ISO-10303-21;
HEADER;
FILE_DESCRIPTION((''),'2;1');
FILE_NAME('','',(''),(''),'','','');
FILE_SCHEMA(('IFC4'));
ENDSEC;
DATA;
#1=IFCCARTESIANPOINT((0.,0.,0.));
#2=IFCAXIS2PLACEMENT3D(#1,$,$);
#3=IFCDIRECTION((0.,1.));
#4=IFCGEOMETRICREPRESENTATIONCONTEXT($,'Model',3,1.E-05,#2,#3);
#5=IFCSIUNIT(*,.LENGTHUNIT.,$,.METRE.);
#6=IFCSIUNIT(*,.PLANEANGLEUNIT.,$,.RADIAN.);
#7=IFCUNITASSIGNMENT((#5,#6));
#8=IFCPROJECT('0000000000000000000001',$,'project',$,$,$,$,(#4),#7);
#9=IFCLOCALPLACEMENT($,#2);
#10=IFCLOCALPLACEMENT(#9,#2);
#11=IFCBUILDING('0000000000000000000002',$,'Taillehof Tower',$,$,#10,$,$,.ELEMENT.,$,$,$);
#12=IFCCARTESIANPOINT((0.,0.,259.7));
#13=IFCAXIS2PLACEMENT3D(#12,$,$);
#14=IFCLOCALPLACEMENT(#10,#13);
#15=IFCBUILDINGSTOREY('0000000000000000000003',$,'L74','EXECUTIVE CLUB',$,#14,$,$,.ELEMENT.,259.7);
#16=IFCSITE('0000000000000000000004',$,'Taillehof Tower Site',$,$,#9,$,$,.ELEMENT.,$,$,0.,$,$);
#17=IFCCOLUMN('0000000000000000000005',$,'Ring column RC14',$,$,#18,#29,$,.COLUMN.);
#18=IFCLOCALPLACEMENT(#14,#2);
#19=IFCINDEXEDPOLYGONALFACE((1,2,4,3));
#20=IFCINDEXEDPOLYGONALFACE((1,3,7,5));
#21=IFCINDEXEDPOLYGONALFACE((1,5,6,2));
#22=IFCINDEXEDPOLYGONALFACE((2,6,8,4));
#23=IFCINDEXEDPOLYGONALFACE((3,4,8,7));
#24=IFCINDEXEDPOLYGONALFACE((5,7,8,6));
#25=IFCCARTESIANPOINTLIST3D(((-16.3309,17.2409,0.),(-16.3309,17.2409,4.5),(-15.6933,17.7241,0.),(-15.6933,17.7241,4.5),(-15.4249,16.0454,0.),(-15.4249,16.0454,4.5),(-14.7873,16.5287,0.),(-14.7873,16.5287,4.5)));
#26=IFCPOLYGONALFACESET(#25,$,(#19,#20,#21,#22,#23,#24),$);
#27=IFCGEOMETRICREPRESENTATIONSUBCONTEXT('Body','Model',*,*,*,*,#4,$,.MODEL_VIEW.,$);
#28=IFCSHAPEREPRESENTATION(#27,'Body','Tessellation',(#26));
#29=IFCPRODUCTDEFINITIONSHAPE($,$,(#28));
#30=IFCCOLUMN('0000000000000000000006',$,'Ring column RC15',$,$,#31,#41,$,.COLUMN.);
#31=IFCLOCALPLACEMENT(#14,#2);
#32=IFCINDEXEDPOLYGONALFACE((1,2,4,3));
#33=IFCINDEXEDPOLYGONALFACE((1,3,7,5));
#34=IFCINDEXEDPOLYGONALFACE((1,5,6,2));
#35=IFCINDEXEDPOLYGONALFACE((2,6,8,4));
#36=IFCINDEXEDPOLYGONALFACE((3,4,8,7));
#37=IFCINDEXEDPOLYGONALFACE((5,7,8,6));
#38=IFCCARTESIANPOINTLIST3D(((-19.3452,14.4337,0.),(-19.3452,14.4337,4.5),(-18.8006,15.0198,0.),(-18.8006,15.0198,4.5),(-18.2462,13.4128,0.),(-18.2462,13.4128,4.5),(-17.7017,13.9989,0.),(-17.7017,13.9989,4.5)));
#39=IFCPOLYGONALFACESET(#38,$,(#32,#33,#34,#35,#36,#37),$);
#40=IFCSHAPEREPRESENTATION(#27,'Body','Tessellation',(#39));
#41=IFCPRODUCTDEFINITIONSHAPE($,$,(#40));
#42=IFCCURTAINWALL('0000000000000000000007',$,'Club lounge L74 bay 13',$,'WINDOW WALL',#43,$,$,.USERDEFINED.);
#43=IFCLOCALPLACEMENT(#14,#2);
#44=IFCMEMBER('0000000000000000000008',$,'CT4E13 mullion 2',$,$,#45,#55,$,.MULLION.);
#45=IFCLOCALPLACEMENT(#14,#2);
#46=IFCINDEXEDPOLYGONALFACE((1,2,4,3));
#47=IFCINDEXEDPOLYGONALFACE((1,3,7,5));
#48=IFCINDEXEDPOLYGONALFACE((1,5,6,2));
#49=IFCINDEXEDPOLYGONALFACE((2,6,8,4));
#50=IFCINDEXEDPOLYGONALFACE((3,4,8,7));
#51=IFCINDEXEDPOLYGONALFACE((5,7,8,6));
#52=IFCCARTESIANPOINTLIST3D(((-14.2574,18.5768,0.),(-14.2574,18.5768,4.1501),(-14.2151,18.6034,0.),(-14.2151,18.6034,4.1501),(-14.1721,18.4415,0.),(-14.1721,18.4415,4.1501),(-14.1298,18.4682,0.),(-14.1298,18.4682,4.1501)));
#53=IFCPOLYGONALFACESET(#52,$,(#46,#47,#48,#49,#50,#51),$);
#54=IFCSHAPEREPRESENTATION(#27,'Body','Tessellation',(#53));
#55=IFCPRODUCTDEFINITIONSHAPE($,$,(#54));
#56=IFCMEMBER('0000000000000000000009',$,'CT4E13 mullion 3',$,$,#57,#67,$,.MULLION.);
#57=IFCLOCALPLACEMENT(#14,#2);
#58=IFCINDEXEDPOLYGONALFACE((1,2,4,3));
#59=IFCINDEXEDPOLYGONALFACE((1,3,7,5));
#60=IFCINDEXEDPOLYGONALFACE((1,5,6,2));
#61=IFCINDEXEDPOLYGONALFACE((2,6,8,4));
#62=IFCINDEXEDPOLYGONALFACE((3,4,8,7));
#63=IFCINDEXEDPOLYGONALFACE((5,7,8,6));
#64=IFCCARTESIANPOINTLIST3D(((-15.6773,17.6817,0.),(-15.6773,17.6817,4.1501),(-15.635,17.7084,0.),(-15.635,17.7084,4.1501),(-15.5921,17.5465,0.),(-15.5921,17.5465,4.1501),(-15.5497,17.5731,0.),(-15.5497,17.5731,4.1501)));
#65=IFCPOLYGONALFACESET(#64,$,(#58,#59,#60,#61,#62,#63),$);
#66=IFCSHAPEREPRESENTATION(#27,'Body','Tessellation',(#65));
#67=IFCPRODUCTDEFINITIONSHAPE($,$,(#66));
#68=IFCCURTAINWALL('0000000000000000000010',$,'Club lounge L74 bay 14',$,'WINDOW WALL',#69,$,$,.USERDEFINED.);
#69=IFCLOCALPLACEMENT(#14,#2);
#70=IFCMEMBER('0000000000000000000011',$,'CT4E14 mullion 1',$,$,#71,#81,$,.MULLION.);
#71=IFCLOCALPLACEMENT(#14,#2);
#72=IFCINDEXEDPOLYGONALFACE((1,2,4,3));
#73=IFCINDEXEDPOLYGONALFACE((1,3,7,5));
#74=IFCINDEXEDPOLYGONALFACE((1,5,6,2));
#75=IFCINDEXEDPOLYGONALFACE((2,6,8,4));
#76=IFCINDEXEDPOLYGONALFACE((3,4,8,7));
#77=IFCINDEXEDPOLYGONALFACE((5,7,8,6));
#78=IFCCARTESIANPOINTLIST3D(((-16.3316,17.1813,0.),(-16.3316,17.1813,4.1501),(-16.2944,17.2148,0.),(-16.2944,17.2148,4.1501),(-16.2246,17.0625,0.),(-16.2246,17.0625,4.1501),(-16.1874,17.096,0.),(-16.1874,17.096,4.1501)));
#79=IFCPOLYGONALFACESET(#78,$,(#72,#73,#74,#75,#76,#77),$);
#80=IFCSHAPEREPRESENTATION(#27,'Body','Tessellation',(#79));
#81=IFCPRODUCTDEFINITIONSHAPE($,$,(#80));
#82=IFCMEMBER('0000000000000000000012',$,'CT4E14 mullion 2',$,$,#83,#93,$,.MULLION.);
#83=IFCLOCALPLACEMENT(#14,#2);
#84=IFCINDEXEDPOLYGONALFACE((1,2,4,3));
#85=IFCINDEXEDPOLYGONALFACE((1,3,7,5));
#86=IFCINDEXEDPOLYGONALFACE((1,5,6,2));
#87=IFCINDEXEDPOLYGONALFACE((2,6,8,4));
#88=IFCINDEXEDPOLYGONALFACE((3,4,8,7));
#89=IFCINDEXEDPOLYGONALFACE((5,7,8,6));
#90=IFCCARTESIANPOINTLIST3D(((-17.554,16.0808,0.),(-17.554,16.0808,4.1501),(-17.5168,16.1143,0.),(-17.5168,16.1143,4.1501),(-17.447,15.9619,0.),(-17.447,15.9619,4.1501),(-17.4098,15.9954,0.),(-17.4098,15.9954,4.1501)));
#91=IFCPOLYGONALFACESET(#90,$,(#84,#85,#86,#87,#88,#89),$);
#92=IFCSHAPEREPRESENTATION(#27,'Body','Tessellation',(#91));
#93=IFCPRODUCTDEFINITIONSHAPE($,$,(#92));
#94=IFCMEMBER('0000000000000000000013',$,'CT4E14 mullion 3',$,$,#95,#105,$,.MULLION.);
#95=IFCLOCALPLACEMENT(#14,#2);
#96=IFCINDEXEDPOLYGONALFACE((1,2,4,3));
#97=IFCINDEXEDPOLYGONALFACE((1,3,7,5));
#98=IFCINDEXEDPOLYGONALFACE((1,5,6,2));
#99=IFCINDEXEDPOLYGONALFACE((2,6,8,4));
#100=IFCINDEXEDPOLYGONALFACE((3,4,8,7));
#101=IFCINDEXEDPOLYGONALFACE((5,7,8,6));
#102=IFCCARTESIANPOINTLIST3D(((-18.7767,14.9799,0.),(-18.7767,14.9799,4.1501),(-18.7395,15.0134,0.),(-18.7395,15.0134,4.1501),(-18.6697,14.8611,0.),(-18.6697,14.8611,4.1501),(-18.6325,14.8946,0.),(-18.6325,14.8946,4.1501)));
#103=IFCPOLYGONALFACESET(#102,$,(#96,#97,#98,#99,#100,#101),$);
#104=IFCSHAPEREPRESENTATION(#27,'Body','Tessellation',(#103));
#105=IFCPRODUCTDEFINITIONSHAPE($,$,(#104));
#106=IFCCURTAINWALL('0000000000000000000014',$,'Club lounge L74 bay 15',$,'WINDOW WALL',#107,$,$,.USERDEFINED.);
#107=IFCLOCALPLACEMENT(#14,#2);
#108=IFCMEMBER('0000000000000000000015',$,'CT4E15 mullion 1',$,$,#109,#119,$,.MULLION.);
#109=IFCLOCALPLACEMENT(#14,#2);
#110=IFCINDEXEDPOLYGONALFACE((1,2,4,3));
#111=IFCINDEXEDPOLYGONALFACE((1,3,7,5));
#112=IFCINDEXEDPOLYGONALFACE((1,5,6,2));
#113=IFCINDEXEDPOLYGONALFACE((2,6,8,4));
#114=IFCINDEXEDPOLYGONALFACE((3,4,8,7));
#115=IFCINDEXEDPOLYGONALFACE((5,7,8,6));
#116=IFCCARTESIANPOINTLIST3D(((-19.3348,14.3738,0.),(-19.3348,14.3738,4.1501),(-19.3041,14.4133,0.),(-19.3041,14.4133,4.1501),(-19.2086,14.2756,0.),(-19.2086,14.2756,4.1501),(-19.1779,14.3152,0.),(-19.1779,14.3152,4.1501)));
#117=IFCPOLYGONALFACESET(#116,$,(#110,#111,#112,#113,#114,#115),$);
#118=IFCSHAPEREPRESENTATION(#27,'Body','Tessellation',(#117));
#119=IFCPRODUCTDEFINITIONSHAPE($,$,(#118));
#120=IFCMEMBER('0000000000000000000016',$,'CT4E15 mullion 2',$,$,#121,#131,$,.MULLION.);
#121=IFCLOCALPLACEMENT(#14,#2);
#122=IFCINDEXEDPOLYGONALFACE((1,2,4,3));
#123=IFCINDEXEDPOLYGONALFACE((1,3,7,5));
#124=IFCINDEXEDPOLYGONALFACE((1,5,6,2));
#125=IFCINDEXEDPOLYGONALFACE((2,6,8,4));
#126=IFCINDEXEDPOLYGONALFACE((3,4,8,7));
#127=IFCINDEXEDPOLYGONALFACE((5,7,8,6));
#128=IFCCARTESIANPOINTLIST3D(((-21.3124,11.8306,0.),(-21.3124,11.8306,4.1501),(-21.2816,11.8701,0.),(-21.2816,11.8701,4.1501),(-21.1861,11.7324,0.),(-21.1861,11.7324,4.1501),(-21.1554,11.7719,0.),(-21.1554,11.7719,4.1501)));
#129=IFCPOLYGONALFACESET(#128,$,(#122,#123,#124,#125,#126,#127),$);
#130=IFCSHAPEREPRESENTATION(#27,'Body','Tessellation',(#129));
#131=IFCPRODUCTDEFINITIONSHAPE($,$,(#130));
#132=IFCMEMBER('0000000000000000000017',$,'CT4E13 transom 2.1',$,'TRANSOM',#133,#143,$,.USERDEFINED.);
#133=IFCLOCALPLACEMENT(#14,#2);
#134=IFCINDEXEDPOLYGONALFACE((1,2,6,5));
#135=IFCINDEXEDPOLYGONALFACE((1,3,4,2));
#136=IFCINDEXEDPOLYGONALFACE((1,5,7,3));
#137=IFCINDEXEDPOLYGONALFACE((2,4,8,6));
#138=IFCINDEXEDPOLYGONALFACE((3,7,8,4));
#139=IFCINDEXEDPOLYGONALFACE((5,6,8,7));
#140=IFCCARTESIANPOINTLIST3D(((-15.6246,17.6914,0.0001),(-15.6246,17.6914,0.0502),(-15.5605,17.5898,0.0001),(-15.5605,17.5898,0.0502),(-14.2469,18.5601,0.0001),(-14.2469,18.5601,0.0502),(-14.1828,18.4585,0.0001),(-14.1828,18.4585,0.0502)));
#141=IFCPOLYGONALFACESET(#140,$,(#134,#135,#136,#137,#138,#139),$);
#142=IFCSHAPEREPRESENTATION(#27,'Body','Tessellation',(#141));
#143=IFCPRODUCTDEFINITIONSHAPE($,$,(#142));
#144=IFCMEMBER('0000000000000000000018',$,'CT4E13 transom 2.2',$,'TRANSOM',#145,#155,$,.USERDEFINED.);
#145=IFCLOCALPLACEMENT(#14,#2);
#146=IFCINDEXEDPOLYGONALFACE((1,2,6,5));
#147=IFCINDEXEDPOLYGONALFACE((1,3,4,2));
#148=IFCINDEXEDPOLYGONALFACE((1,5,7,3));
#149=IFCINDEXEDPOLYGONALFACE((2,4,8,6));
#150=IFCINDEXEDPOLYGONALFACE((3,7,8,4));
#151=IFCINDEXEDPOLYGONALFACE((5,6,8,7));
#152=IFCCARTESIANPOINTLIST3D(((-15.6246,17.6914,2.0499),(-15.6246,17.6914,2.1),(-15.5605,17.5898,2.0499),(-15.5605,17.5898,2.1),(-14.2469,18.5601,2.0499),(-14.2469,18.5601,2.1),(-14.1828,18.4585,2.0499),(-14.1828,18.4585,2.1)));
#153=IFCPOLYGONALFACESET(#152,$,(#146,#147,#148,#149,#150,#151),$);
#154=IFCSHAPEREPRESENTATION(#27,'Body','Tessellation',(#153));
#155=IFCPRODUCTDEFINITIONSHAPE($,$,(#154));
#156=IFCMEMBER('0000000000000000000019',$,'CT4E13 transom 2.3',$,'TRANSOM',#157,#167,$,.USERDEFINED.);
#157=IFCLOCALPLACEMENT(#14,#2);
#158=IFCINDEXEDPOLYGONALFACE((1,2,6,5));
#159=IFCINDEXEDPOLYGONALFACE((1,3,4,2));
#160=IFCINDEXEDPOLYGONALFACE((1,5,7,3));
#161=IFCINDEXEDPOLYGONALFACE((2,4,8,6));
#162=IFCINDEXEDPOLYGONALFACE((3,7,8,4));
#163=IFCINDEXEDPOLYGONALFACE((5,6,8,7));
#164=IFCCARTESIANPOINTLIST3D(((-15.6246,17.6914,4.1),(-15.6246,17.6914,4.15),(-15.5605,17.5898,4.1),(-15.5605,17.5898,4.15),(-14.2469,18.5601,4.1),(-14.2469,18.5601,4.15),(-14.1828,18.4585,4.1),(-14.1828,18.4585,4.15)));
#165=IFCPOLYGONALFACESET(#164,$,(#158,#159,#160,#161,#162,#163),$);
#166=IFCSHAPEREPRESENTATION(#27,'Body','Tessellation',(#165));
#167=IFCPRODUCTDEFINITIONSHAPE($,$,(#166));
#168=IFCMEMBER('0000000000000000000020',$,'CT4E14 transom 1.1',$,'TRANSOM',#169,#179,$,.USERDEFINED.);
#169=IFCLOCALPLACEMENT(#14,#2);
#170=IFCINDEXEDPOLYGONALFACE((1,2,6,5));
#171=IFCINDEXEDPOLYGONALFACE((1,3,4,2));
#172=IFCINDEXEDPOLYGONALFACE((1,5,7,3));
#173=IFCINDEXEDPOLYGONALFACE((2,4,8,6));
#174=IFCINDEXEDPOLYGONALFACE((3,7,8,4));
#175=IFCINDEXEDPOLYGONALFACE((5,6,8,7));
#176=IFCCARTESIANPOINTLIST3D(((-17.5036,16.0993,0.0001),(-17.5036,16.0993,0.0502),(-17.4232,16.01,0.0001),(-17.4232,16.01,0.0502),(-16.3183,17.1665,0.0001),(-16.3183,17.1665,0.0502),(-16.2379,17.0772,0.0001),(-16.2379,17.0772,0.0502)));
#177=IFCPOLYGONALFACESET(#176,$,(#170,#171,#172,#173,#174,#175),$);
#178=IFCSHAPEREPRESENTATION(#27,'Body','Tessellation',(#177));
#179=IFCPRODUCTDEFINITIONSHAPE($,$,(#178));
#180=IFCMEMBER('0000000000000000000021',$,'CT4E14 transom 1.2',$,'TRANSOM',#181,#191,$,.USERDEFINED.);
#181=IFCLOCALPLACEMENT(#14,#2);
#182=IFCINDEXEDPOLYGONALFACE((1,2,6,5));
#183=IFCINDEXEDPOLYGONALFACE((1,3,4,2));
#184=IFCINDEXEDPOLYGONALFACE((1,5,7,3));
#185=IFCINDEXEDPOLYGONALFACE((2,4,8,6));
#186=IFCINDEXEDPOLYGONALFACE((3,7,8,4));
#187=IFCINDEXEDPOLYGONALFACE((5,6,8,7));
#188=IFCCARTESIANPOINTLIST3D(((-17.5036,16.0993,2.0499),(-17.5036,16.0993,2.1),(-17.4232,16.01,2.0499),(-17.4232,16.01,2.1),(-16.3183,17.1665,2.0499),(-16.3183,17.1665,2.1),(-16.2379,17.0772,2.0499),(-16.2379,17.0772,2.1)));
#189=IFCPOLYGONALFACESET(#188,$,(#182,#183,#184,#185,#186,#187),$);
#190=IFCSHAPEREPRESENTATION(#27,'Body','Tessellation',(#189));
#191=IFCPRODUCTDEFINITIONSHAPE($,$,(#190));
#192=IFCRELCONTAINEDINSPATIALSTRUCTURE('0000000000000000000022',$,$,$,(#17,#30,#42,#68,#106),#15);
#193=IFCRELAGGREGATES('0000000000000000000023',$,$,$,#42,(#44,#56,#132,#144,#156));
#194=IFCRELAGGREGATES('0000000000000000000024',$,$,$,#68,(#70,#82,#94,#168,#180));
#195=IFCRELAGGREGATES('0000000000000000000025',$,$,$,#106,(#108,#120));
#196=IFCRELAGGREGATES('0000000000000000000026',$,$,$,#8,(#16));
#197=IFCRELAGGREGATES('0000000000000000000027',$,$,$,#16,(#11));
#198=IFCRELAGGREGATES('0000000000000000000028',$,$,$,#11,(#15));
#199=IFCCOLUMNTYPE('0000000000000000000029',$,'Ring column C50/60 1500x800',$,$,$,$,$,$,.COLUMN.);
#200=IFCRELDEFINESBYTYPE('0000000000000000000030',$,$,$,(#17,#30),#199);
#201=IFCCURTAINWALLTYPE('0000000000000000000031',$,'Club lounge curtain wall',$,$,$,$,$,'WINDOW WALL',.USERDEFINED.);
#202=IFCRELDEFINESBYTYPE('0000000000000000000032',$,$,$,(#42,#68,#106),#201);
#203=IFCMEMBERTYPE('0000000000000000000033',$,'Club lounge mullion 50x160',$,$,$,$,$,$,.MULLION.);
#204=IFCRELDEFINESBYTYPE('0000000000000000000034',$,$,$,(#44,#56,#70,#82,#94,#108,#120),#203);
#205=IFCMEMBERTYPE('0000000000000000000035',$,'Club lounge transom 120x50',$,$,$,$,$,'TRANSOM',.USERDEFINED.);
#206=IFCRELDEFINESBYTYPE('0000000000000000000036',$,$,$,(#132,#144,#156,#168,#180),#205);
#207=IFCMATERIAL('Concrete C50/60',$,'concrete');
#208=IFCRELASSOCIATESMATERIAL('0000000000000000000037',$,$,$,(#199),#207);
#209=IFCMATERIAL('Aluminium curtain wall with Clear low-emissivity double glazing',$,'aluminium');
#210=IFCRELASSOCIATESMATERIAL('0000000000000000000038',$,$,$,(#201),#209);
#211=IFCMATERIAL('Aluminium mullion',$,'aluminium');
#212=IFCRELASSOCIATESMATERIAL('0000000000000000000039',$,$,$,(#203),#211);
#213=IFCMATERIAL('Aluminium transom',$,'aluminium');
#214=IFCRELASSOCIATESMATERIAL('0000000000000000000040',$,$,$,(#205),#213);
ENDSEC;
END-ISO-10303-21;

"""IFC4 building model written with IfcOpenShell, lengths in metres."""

from ifc_helpers import new_model, si_unit, direction, frame, origin, origin_2d, place, context, subcontext, project, spatial, rectangle, extrude, material, material_profile, profile_set, type_object, element, aggregate, save


model = new_model("IFC4")

# Units and contexts
model_context = context("Model", 3, precision=1e-05, world=origin(), true_north=direction((0.0, 1.0)))
body_context = subcontext(model_context, "Body", "Model", "MODEL_VIEW")
ifc_project = project(units=[si_unit("LENGTHUNIT", "METRE"), si_unit("PLANEANGLEUNIT", "RADIAN")], contexts=[model_context])

# Site, building, storey
site_placement = place(None, origin())
site = spatial("IfcSite", under=ifc_project, at=site_placement, Name="Taillehof Tower Site", CompositionType="ELEMENT", RefElevation=0.0)
building_placement = place(site_placement, origin())
building = spatial("IfcBuilding", under=site, at=building_placement, Name="Taillehof Tower", CompositionType="ELEMENT")
storey_placement = place(building_placement, frame((0.0, 0.0, 259.7)))
storey = spatial("IfcBuildingStorey", under=building, at=storey_placement, Name="L74", Description="EXECUTIVE CLUB", CompositionType="ELEMENT", Elevation=259.7)

# Columns
ifc_material_1 = material(Name="Concrete C50/60", Category="concrete")
ifc_material_profile_1 = material_profile(ifc_material_1, rectangle(XDim=1.5, YDim=0.8, at=origin_2d()), Name="RC 1500x800")
ifc_profile_set_1 = profile_set([ifc_material_profile_1], Name="Concrete C50/60")
column_type = type_object("IfcColumnType", Name="Ring column C50/60 1500x800", PredefinedType="COLUMN", material=ifc_profile_set_1)
for number, where, z_axis, x_axis, name in (
    (1, (-15.5591, 16.8848, 0.0), (0.0, 0.0, 1.0), (-0.60402, 0.796969, 0.0), "Ring column RC14"),
    (2, (-18.5234, 14.2163, 0.0), (0.0, 0.0, 1.0), (-0.732636, 0.680621, 0.0), "Ring column RC15"),
):
    element("IfcColumn", number, at=place(storey_placement, frame(where, z_axis=z_axis, x_axis=x_axis)), inside=storey, type_object=column_type, Name=name, PredefinedType="COLUMN", context=body_context, shape_type="SweptSolid", body=[
        extrude(rectangle(XDim=1.5, YDim=0.8, at=origin_2d()), origin(), (0.0, 0.0, 1.0), 4.5),
    ])

# Curtain walls, members
ifc_material_2 = material(Name="Aluminium curtain wall with Clear low-emissivity double glazing", Category="aluminium")
curtain_wall_type = type_object("IfcCurtainWallType", Name="Club lounge curtain wall", ElementType="WINDOW WALL", PredefinedType="USERDEFINED", material=ifc_material_2)
curtain_wall_1_placement = place(storey_placement, origin())
curtain_wall_1 = element("IfcCurtainWall", 3, at=curtain_wall_1_placement, inside=storey, type_object=curtain_wall_type, Name="Club lounge L74 bay 13", ObjectType="WINDOW WALL", PredefinedType="USERDEFINED")
ifc_material_3 = material(Name="Aluminium mullion", Category="aluminium")
ifc_material_profile_2 = material_profile(ifc_material_3, rectangle(XDim=0.1599, YDim=0.05, at=origin_2d()), Name="AL 50x160")
ifc_profile_set_2 = profile_set([ifc_material_profile_2], Name="Aluminium mullion")
member_type_1 = type_object("IfcMemberType", Name="Club lounge mullion 50x160", PredefinedType="MULLION", material=ifc_profile_set_2)
member_1_placement = place(storey_placement, frame((-14.1936, 18.5225, 0.0), z_axis=(0.0, 0.0, 1.0), x_axis=(0.533294, -0.84593, 0.0)))
member_1 = element("IfcMember", 4, at=member_1_placement, type_object=member_type_1, Name="CT4E13 mullion 2", PredefinedType="MULLION", context=body_context, shape_type="SweptSolid", body=[
    extrude(rectangle(XDim=0.1599, YDim=0.05, at=origin_2d()), origin(), (0.0, 0.0, 1.0), 4.1501),
])
member_2_placement = place(storey_placement, frame((-15.6135, 17.6274, 0.0), z_axis=(0.0, 0.0, 1.0), x_axis=(0.533294, -0.84593, 0.0)))
member_2 = element("IfcMember", 5, at=member_2_placement, type_object=member_type_1, Name="CT4E13 mullion 3", PredefinedType="MULLION", context=body_context, shape_type="SweptSolid", body=[
    extrude(rectangle(XDim=0.1599, YDim=0.05, at=origin_2d()), origin(), (0.0, 0.0, 1.0), 4.1501),
])
curtain_wall_2_placement = place(storey_placement, origin())
curtain_wall_2 = element("IfcCurtainWall", 6, at=curtain_wall_2_placement, inside=storey, type_object=curtain_wall_type, Name="Club lounge L74 bay 14", ObjectType="WINDOW WALL", PredefinedType="USERDEFINED")
member_3_placement = place(storey_placement, frame((-16.2595, 17.1387, 0.0), z_axis=(0.0, 0.0, 1.0), x_axis=(0.669107, -0.743166, 0.0)))
member_3 = element("IfcMember", 7, at=member_3_placement, type_object=member_type_1, Name="CT4E14 mullion 1", PredefinedType="MULLION", context=body_context, shape_type="SweptSolid", body=[
    extrude(rectangle(XDim=0.1599, YDim=0.05, at=origin_2d()), origin(), (0.0, 0.0, 1.0), 4.1501),
])
member_4_placement = place(storey_placement, frame((-17.4819, 16.0381, 0.0), z_axis=(0.0, 0.0, 1.0), x_axis=(0.669107, -0.743166, 0.0)))
member_4 = element("IfcMember", 8, at=member_4_placement, type_object=member_type_1, Name="CT4E14 mullion 2", PredefinedType="MULLION", context=body_context, shape_type="SweptSolid", body=[
    extrude(rectangle(XDim=0.1599, YDim=0.05, at=origin_2d()), origin(), (0.0, 0.0, 1.0), 4.1501),
])
member_5_placement = place(storey_placement, frame((-18.7046, 14.9373, 0.0), z_axis=(0.0, 0.0, 1.0), x_axis=(0.669107, -0.743166, 0.0)))
member_5 = element("IfcMember", 9, at=member_5_placement, type_object=member_type_1, Name="CT4E14 mullion 3", PredefinedType="MULLION", context=body_context, shape_type="SweptSolid", body=[
    extrude(rectangle(XDim=0.1599, YDim=0.05, at=origin_2d()), origin(), (0.0, 0.0, 1.0), 4.1501),
])
curtain_wall_3_placement = place(storey_placement, origin())
curtain_wall_3 = element("IfcCurtainWall", 10, at=curtain_wall_3_placement, inside=storey, type_object=curtain_wall_type, Name="Club lounge L74 bay 15", ObjectType="WINDOW WALL", PredefinedType="USERDEFINED")
member_6_placement = place(storey_placement, frame((-19.2563, 14.3445, 0.0), z_axis=(0.0, 0.0, 1.0), x_axis=(0.789382, -0.613903, 0.0)))
member_6 = element("IfcMember", 11, at=member_6_placement, type_object=member_type_1, Name="CT4E15 mullion 1", PredefinedType="MULLION", context=body_context, shape_type="SweptSolid", body=[
    extrude(rectangle(XDim=0.1599, YDim=0.05, at=origin_2d()), origin(), (0.0, 0.0, 1.0), 4.1501),
])
member_7_placement = place(storey_placement, frame((-21.2339, 11.8013, 0.0), z_axis=(0.0, 0.0, 1.0), x_axis=(0.789382, -0.613903, 0.0)))
member_7 = element("IfcMember", 12, at=member_7_placement, type_object=member_type_1, Name="CT4E15 mullion 2", PredefinedType="MULLION", context=body_context, shape_type="SweptSolid", body=[
    extrude(rectangle(XDim=0.1599, YDim=0.05, at=origin_2d()), origin(), (0.0, 0.0, 1.0), 4.1501),
])

# Members
ifc_material_4 = material(Name="Aluminium transom", Category="aluminium")
ifc_material_profile_3 = material_profile(ifc_material_4, rectangle(XDim=0.1201, YDim=0.05, at=origin_2d()), Name="AL 120x50")
ifc_profile_set_3 = profile_set([ifc_material_profile_3], Name="Aluminium transom")
member_type_2 = type_object("IfcMemberType", Name="Club lounge transom 120x50", ElementType="TRANSOM", PredefinedType="USERDEFINED", material=ifc_profile_set_3)
member_8_placement = place(storey_placement, frame((-14.2148, 18.5093, 0.0251), z_axis=(-0.845895, -0.53335, 0.0), x_axis=(0.53335, -0.845895, 0.0)))
member_8 = element("IfcMember", 13, at=member_8_placement, type_object=member_type_2, Name="CT4E13 transom 2.1", ObjectType="TRANSOM", PredefinedType="USERDEFINED", context=body_context, shape_type="SweptSolid", body=[
    extrude(rectangle(XDim=0.1201, YDim=0.05, at=origin_2d()), origin(), (0.0, 0.0, 1.0), 1.6287),
])
member_9_placement = place(storey_placement, frame((-14.2148, 18.5093, 2.075), z_axis=(-0.845895, -0.53335, 0.0), x_axis=(0.53335, -0.845895, 0.0)))
member_9 = element("IfcMember", 14, at=member_9_placement, type_object=member_type_2, Name="CT4E13 transom 2.2", ObjectType="TRANSOM", PredefinedType="USERDEFINED", context=body_context, shape_type="SweptSolid", body=[
    extrude(rectangle(XDim=0.1201, YDim=0.05, at=origin_2d()), origin(), (0.0, 0.0, 1.0), 1.6287),
])
member_10_placement = place(storey_placement, frame((-14.2148, 18.5093, 4.125), z_axis=(-0.845895, -0.53335, 0.0), x_axis=(0.53335, -0.845895, 0.0)))
member_10 = element("IfcMember", 15, at=member_10_placement, type_object=member_type_2, Name="CT4E13 transom 2.3", ObjectType="TRANSOM", PredefinedType="USERDEFINED", context=body_context, shape_type="SweptSolid", body=[
    extrude(rectangle(XDim=0.1201, YDim=0.05, at=origin_2d()), origin(), (0.0, 0.0, 1.0), 1.6287),
])
member_11_placement = place(storey_placement, frame((-16.2781, 17.1218, 0.0251), z_axis=(-0.74318, -0.669092, 0.0), x_axis=(0.669092, -0.74318, 0.0)))
member_11 = element("IfcMember", 16, at=member_11_placement, type_object=member_type_2, Name="CT4E14 transom 1.1", ObjectType="TRANSOM", PredefinedType="USERDEFINED", context=body_context, shape_type="SweptSolid", body=[
    extrude(rectangle(XDim=0.1201, YDim=0.05, at=origin_2d()), origin(), (0.0, 0.0, 1.0), 1.595),
])
member_12_placement = place(storey_placement, frame((-16.2781, 17.1218, 2.075), z_axis=(-0.74318, -0.669092, 0.0), x_axis=(0.669092, -0.74318, 0.0)))
member_12 = element("IfcMember", 17, at=member_12_placement, type_object=member_type_2, Name="CT4E14 transom 1.2", ObjectType="TRANSOM", PredefinedType="USERDEFINED", context=body_context, shape_type="SweptSolid", body=[
    extrude(rectangle(XDim=0.1201, YDim=0.05, at=origin_2d()), origin(), (0.0, 0.0, 1.0), 1.595),
])

aggregate(curtain_wall_1, [member_1, member_2, member_8, member_9, member_10])
aggregate(curtain_wall_2, [member_3, member_4, member_5, member_11, member_12])
aggregate(curtain_wall_3, [member_6, member_7])

save(model, "model.ifc")
